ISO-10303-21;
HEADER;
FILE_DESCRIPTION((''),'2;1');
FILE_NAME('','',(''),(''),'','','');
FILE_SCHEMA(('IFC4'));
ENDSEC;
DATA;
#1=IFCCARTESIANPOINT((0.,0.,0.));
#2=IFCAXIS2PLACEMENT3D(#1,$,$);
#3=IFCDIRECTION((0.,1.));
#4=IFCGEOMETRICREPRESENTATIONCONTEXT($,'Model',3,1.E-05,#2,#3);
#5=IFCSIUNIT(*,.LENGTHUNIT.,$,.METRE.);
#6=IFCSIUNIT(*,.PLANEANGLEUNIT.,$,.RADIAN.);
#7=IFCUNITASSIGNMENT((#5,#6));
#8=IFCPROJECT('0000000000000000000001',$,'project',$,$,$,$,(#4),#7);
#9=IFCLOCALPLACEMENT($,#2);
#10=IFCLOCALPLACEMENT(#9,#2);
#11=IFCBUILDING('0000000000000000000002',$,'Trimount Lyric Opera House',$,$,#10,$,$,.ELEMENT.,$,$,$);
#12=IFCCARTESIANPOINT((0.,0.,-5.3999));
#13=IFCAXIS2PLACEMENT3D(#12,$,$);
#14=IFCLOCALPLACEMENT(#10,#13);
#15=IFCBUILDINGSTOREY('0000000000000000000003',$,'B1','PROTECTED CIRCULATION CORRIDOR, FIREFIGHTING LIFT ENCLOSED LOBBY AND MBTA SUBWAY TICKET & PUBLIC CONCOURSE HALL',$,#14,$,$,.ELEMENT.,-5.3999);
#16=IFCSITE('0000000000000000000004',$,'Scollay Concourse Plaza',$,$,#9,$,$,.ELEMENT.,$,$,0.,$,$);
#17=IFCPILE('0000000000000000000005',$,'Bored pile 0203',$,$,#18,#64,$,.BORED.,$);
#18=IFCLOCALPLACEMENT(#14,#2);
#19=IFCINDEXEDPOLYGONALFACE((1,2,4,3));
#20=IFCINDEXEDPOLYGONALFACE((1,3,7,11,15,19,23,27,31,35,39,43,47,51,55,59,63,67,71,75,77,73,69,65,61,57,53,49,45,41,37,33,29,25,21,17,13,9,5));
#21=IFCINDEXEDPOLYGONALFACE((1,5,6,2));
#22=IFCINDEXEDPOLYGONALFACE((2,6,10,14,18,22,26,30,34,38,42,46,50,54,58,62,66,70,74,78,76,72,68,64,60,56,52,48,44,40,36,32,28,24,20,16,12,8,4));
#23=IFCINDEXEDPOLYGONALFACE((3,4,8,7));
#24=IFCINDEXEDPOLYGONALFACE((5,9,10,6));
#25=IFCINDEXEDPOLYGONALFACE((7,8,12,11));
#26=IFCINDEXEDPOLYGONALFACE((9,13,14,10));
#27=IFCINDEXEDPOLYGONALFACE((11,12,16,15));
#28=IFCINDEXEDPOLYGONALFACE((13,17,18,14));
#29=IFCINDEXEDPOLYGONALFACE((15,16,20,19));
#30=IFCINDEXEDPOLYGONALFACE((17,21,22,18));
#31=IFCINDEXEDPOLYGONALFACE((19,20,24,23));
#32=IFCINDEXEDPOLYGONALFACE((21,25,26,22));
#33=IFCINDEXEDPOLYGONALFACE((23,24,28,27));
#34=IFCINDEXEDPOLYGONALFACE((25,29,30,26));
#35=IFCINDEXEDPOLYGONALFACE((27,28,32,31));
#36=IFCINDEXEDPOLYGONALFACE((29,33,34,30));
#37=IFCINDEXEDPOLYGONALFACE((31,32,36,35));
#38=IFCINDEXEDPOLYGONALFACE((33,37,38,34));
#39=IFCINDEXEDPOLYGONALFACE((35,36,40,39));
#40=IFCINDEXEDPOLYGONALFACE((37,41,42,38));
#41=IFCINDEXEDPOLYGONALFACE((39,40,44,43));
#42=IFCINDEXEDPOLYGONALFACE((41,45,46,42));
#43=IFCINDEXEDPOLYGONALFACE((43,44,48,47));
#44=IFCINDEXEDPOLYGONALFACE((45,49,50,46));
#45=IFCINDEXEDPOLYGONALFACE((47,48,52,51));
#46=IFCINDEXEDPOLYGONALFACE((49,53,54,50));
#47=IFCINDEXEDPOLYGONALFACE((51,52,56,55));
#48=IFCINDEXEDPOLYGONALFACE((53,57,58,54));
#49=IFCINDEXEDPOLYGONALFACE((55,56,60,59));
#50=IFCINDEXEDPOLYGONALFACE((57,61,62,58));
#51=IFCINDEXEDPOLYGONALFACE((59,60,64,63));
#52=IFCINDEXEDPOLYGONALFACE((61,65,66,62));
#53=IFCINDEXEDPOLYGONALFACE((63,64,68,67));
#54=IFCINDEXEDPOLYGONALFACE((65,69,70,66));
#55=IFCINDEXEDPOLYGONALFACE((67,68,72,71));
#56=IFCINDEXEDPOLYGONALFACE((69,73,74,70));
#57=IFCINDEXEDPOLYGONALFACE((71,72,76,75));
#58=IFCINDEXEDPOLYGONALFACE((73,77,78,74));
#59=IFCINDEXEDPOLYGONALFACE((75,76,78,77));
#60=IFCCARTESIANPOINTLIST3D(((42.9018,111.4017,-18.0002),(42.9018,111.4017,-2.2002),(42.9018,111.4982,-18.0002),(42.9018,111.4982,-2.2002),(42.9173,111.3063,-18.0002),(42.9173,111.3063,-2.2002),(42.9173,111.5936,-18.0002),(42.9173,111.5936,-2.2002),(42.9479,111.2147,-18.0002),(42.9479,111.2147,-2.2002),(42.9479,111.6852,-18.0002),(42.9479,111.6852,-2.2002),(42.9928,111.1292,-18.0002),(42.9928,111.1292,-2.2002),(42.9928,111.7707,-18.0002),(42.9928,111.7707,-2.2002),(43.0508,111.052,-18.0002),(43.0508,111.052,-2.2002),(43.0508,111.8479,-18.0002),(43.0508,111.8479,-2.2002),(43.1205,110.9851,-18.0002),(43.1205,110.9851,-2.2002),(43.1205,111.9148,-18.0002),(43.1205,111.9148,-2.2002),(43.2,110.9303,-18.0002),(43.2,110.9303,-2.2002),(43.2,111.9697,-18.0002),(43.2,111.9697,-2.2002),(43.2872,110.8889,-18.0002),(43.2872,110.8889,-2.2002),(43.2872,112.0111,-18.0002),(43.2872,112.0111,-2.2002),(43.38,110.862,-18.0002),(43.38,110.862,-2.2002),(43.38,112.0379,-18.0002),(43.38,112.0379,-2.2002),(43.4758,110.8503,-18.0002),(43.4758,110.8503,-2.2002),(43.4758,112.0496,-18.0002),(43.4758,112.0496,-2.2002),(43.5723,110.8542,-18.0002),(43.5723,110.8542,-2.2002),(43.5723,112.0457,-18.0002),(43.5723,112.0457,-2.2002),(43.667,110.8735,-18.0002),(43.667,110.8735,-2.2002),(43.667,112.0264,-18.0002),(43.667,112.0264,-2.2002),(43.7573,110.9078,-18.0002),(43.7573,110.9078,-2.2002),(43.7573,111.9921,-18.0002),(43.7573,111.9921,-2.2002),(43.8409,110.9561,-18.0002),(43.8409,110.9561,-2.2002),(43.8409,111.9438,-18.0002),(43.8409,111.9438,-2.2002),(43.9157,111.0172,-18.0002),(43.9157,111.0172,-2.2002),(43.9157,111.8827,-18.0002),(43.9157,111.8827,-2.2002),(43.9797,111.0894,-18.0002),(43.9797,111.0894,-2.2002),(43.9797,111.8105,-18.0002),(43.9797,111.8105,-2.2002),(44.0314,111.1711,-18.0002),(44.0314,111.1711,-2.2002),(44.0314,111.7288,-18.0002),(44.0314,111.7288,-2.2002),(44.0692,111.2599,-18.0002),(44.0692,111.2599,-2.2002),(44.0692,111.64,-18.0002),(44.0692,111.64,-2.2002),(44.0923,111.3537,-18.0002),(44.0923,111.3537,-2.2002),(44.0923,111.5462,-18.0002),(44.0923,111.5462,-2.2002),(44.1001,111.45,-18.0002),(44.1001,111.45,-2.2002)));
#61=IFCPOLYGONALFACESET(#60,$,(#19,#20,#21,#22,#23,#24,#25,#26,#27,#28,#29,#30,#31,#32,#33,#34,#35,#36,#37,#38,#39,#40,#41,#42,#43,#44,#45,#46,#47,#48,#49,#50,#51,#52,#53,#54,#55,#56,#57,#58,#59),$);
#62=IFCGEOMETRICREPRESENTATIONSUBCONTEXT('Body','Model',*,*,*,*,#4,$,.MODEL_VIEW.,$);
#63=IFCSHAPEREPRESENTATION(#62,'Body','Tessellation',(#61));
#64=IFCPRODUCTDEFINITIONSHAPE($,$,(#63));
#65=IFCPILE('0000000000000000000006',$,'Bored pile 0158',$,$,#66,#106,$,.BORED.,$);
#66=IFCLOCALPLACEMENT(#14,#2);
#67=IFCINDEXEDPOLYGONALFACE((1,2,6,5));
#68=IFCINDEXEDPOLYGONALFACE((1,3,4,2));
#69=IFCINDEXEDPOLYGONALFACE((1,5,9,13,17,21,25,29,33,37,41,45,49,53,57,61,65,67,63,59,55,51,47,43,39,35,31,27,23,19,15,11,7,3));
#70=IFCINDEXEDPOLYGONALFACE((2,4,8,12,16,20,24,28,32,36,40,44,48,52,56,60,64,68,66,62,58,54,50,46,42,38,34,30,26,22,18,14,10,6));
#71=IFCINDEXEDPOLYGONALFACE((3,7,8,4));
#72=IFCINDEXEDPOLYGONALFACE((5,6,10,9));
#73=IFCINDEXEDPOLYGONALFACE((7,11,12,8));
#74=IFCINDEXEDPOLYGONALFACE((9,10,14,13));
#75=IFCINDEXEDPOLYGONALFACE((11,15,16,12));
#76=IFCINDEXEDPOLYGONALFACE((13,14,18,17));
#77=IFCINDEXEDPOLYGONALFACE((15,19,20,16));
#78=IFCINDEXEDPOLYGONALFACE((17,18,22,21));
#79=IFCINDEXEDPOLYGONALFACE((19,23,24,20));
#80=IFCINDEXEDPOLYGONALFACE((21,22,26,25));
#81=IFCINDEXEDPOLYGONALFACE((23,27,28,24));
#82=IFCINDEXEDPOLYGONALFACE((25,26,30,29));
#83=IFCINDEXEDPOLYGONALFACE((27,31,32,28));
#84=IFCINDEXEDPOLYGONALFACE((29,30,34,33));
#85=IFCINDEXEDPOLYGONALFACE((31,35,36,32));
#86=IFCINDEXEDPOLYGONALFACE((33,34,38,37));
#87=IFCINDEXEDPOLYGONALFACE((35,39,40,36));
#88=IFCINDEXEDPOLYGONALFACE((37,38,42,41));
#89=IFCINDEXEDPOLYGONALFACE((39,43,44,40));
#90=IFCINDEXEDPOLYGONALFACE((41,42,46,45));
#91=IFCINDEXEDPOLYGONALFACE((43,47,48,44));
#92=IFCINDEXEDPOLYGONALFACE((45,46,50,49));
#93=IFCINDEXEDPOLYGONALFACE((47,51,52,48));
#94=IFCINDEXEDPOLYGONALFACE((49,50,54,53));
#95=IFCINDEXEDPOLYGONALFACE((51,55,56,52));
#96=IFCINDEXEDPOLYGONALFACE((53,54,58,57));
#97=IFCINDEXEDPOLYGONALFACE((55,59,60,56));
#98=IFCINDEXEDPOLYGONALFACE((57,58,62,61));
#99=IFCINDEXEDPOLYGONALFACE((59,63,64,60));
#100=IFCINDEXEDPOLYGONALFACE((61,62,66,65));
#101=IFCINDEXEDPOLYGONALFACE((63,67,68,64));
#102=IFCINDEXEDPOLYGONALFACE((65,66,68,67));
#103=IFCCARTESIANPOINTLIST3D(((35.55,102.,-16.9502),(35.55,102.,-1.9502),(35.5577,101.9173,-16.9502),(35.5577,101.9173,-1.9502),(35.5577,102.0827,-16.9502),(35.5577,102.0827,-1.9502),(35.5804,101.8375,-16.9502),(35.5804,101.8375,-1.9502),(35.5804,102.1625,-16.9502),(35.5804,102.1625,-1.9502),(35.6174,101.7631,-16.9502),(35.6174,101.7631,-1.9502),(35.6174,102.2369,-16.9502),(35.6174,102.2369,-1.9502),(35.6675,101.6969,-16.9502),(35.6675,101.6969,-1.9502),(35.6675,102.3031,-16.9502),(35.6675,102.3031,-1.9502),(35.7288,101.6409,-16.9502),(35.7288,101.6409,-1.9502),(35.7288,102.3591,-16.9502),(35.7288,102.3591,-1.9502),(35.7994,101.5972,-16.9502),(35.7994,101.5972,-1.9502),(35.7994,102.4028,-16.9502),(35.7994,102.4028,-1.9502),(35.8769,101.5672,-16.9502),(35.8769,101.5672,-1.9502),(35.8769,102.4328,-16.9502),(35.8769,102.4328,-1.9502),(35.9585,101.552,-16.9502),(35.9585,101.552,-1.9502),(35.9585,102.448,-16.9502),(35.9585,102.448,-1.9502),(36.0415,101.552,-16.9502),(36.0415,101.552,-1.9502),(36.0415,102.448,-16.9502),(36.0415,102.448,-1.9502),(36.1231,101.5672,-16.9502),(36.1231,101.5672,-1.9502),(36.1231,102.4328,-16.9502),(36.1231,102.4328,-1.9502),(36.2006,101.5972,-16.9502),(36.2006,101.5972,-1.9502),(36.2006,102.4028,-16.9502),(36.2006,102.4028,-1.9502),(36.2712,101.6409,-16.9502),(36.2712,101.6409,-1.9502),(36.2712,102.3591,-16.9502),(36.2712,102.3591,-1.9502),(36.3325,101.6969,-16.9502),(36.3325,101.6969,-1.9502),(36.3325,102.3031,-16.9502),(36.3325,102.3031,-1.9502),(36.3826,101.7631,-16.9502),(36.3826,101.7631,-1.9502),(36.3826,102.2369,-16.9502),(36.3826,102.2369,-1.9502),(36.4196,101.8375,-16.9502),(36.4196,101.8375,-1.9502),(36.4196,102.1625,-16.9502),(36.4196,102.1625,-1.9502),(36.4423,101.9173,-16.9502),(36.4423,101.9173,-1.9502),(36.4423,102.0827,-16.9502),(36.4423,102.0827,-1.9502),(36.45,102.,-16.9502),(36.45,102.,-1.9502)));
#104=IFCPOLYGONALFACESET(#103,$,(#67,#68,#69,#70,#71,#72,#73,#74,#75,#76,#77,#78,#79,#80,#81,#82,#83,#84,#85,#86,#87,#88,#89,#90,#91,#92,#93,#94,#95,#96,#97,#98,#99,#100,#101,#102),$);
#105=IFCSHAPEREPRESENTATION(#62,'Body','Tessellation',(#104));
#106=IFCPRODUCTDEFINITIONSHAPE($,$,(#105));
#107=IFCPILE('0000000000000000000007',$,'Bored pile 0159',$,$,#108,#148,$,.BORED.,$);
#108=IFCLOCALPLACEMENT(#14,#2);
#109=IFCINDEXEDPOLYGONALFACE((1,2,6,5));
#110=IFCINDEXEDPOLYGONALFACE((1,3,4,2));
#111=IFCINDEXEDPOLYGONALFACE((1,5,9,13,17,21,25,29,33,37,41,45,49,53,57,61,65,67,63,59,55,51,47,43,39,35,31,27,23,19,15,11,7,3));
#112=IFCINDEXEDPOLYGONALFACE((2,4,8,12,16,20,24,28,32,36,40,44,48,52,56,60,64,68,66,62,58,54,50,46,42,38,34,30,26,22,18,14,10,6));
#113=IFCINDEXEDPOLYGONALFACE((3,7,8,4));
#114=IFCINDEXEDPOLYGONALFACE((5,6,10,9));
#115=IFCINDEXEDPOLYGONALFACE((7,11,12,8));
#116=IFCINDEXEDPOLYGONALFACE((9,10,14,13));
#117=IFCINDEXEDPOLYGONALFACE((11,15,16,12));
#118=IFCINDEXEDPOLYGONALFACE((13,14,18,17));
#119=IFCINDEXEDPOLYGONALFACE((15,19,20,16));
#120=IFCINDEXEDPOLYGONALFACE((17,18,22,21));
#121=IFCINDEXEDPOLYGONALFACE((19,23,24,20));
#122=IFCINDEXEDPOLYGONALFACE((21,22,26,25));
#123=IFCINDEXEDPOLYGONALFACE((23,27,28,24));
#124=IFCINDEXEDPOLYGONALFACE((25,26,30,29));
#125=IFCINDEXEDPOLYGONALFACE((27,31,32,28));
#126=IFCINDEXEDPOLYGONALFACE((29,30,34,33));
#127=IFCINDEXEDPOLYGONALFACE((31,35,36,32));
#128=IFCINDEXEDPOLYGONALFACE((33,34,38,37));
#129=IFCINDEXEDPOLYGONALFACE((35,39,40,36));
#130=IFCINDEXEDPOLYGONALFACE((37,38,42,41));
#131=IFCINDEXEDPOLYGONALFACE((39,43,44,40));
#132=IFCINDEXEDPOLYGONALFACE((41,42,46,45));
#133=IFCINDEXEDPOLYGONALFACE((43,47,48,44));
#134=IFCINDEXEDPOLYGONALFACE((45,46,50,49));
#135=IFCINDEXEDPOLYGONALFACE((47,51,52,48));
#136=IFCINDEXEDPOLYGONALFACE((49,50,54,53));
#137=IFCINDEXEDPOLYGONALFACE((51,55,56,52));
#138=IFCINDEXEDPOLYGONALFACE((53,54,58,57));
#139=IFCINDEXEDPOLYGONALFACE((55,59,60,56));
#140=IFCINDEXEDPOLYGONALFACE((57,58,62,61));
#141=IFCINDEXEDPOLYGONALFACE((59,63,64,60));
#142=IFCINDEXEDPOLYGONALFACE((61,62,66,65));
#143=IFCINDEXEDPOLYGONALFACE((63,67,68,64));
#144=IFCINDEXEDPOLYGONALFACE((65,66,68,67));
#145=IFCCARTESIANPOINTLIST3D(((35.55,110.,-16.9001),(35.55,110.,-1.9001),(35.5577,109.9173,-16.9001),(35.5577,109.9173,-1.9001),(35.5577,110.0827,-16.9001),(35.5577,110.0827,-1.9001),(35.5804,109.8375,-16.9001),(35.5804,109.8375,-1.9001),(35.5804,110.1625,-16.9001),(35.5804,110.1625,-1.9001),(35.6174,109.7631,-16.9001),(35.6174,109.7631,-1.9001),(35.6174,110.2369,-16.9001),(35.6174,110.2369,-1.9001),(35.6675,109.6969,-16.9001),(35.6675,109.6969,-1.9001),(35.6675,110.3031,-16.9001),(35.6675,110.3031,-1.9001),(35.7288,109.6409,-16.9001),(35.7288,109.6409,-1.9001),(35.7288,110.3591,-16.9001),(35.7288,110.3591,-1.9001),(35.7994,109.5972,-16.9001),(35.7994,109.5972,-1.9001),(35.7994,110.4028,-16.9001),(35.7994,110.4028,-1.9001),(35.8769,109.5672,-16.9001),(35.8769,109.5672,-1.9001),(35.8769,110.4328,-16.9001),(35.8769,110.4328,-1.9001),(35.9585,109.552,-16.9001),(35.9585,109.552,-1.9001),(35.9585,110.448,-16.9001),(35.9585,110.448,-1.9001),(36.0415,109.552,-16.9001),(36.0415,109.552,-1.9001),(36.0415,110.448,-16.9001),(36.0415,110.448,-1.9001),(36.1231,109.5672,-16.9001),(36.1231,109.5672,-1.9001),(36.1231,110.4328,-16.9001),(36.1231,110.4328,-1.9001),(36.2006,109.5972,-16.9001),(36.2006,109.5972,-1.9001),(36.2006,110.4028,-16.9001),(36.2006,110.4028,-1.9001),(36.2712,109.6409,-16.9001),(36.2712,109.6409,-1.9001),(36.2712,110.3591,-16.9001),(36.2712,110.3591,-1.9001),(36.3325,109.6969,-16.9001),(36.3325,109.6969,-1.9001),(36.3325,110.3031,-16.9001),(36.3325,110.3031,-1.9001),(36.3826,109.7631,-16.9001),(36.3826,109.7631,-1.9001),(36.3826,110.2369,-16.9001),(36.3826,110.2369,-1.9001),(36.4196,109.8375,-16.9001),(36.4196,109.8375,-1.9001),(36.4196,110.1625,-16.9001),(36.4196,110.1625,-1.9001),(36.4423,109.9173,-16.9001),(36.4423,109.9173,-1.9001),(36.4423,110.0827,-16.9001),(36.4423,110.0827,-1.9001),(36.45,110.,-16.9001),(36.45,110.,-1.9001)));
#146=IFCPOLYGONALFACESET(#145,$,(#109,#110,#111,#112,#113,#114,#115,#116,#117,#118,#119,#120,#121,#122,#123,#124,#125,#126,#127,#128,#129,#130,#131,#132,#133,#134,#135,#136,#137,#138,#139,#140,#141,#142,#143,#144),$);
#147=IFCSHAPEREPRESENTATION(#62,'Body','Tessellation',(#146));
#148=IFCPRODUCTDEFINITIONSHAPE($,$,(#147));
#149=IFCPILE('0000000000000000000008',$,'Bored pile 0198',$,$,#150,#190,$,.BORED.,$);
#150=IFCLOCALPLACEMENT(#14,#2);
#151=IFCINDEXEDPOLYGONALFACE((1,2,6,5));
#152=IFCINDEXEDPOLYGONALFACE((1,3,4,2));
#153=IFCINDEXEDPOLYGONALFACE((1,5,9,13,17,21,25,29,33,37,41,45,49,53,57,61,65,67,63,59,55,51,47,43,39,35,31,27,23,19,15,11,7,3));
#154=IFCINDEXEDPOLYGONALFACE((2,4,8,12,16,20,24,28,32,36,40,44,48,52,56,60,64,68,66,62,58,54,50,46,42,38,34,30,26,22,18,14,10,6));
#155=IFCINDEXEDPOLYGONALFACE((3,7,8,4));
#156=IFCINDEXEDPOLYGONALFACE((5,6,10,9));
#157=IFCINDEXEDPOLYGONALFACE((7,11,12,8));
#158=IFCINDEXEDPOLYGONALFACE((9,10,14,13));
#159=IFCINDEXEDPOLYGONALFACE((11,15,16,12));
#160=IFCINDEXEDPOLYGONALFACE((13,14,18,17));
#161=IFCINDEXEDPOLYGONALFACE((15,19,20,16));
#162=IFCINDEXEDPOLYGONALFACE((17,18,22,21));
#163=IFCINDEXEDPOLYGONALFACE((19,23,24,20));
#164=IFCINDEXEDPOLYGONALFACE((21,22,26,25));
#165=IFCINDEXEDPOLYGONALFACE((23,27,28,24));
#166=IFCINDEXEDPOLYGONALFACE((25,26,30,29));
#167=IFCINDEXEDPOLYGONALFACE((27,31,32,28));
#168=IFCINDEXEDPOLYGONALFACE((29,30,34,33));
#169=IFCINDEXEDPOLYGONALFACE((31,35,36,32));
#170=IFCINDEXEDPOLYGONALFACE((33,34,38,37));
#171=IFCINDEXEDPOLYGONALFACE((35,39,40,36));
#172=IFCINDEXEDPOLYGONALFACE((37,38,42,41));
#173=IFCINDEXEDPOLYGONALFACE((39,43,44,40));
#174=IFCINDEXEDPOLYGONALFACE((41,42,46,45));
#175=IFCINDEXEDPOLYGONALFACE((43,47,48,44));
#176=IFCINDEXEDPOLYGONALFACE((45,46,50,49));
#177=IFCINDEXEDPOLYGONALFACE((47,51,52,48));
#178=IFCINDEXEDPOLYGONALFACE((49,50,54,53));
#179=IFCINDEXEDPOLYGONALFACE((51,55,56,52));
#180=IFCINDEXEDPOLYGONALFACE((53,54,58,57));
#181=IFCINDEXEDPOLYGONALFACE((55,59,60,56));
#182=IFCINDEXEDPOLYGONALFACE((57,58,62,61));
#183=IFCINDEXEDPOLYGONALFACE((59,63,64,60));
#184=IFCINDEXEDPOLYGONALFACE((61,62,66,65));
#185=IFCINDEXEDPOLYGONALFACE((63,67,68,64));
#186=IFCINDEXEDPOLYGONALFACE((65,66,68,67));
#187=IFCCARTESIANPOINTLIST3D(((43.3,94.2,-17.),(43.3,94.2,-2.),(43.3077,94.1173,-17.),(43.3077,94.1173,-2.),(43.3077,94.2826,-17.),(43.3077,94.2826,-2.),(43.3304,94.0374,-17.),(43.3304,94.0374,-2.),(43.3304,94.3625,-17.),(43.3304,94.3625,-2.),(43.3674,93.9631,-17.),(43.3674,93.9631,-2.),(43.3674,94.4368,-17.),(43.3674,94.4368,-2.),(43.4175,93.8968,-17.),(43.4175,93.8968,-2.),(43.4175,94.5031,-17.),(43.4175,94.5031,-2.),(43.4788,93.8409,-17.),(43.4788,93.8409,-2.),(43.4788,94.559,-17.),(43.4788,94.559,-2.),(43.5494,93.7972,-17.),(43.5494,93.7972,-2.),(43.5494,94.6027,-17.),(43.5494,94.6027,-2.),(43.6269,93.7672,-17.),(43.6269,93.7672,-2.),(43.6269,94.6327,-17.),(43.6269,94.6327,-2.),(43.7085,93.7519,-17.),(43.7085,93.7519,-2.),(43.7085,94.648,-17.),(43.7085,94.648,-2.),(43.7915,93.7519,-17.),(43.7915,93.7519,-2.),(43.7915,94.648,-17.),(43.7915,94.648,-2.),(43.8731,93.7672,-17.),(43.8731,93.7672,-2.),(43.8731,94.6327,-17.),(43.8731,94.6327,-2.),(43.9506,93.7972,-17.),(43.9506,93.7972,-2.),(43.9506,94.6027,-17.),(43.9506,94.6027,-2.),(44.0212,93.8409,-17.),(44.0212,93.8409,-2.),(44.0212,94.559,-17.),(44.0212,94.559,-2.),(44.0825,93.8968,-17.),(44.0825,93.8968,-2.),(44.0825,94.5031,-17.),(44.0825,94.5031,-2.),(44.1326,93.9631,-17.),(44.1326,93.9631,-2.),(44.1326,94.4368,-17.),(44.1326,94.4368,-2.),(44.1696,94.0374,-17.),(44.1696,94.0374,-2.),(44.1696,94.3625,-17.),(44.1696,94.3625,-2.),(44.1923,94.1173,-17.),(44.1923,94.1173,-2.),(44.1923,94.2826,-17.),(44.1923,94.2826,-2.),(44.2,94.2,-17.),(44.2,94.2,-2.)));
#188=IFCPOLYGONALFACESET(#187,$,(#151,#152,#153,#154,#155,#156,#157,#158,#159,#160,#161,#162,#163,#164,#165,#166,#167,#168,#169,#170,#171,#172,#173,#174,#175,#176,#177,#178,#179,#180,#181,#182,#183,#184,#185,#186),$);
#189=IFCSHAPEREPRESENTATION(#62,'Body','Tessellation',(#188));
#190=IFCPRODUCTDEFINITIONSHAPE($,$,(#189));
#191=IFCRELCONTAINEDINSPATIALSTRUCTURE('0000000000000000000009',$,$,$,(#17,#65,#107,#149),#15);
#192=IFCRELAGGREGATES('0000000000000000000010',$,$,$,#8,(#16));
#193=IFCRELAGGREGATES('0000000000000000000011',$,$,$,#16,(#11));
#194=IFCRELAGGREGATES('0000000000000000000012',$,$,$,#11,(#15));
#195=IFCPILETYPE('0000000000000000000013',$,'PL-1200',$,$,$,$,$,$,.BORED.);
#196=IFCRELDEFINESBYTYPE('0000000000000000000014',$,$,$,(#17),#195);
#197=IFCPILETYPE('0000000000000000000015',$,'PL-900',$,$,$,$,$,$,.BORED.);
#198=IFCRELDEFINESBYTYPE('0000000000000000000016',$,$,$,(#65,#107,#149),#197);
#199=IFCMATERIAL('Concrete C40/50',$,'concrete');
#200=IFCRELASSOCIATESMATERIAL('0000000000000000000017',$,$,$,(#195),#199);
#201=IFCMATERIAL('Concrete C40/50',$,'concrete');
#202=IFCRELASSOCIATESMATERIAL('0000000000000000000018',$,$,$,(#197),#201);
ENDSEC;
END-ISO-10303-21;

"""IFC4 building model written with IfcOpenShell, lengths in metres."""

from ifc_helpers import new_model, si_unit, direction, frame, origin, origin_2d, place, context, subcontext, project, spatial, circle, extrude, material, material_profile, profile_set, type_object, element, save


model = new_model("IFC4")

# Units and contexts
model_context = context("Model", 3, precision=1e-05, world=origin(), true_north=direction((0.0, 1.0)))
body_context = subcontext(model_context, "Body", "Model", "MODEL_VIEW")
ifc_project = project(units=[si_unit("LENGTHUNIT", "METRE"), si_unit("PLANEANGLEUNIT", "RADIAN")], contexts=[model_context])

# Site, building, storey
site_placement = place(None, origin())
site = spatial("IfcSite", under=ifc_project, at=site_placement, Name="Scollay Concourse Plaza", CompositionType="ELEMENT", RefElevation=0.0)
building_placement = place(site_placement, origin())
building = spatial("IfcBuilding", under=site, at=building_placement, Name="Trimount Lyric Opera House", CompositionType="ELEMENT")
storey_placement = place(building_placement, frame((0.0, 0.0, -5.3999)))
storey = spatial("IfcBuildingStorey", under=building, at=storey_placement, Name="B1", Description="PROTECTED CIRCULATION CORRIDOR, FIREFIGHTING LIFT ENCLOSED LOBBY AND MBTA SUBWAY TICKET & PUBLIC CONCOURSE HALL", CompositionType="ELEMENT", Elevation=-5.3999)

# Piles
ifc_material_1 = material(Name="Concrete C40/50", Category="concrete")
ifc_material_profile_1 = material_profile(ifc_material_1, circle(Radius=0.6001, at=origin_2d()), Name="PILE-D1200")
ifc_profile_set_1 = profile_set([ifc_material_profile_1], Name="Concrete C40/50")
pile_type_1 = type_object("IfcPileType", Name="PL-1200", PredefinedType="BORED", material=ifc_profile_set_1)
for number, where, z_axis, x_axis, name in (
    (1, (43.5, 111.45, -2.2002), (0.0, 0.0, -1.0), (1.0, 0.0, 0.0), "Bored pile 0203"),
):
    element("IfcPile", number, at=place(storey_placement, frame(where, z_axis=z_axis, x_axis=x_axis)), inside=storey, type_object=pile_type_1, Name=name, PredefinedType="BORED", context=body_context, shape_type="SweptSolid", body=[
        extrude(circle(Radius=0.6001, at=origin_2d()), origin(), (0.0, 0.0, 1.0), 15.8),
    ])
ifc_material_2 = material(Name="Concrete C40/50", Category="concrete")
ifc_material_profile_2 = material_profile(ifc_material_2, circle(Radius=0.45, at=origin_2d()), Name="PILE-D900")
ifc_profile_set_2 = profile_set([ifc_material_profile_2], Name="Concrete C40/50")
pile_type_2 = type_object("IfcPileType", Name="PL-900", PredefinedType="BORED", material=ifc_profile_set_2)
for number, where, z_axis, x_axis, name in (
    (2, (36.0, 102.0, -1.9502), (0.0, 0.0, -1.0), (1.0, 0.0, 0.0), "Bored pile 0158"),
    (3, (36.0, 110.0, -1.9001), (0.0, 0.0, -1.0), (1.0, 0.0, 0.0), "Bored pile 0159"),
    (4, (43.75, 94.2, -2.0), (0.0, 0.0, -1.0), (1.0, 0.0, 0.0), "Bored pile 0198"),
):
    element("IfcPile", number, at=place(storey_placement, frame(where, z_axis=z_axis, x_axis=x_axis)), inside=storey, type_object=pile_type_2, Name=name, PredefinedType="BORED", context=body_context, shape_type="SweptSolid", body=[
        extrude(circle(Radius=0.45, at=origin_2d()), origin(), (0.0, 0.0, 1.0), 15.0),
    ])

save(model, "model.ifc")
